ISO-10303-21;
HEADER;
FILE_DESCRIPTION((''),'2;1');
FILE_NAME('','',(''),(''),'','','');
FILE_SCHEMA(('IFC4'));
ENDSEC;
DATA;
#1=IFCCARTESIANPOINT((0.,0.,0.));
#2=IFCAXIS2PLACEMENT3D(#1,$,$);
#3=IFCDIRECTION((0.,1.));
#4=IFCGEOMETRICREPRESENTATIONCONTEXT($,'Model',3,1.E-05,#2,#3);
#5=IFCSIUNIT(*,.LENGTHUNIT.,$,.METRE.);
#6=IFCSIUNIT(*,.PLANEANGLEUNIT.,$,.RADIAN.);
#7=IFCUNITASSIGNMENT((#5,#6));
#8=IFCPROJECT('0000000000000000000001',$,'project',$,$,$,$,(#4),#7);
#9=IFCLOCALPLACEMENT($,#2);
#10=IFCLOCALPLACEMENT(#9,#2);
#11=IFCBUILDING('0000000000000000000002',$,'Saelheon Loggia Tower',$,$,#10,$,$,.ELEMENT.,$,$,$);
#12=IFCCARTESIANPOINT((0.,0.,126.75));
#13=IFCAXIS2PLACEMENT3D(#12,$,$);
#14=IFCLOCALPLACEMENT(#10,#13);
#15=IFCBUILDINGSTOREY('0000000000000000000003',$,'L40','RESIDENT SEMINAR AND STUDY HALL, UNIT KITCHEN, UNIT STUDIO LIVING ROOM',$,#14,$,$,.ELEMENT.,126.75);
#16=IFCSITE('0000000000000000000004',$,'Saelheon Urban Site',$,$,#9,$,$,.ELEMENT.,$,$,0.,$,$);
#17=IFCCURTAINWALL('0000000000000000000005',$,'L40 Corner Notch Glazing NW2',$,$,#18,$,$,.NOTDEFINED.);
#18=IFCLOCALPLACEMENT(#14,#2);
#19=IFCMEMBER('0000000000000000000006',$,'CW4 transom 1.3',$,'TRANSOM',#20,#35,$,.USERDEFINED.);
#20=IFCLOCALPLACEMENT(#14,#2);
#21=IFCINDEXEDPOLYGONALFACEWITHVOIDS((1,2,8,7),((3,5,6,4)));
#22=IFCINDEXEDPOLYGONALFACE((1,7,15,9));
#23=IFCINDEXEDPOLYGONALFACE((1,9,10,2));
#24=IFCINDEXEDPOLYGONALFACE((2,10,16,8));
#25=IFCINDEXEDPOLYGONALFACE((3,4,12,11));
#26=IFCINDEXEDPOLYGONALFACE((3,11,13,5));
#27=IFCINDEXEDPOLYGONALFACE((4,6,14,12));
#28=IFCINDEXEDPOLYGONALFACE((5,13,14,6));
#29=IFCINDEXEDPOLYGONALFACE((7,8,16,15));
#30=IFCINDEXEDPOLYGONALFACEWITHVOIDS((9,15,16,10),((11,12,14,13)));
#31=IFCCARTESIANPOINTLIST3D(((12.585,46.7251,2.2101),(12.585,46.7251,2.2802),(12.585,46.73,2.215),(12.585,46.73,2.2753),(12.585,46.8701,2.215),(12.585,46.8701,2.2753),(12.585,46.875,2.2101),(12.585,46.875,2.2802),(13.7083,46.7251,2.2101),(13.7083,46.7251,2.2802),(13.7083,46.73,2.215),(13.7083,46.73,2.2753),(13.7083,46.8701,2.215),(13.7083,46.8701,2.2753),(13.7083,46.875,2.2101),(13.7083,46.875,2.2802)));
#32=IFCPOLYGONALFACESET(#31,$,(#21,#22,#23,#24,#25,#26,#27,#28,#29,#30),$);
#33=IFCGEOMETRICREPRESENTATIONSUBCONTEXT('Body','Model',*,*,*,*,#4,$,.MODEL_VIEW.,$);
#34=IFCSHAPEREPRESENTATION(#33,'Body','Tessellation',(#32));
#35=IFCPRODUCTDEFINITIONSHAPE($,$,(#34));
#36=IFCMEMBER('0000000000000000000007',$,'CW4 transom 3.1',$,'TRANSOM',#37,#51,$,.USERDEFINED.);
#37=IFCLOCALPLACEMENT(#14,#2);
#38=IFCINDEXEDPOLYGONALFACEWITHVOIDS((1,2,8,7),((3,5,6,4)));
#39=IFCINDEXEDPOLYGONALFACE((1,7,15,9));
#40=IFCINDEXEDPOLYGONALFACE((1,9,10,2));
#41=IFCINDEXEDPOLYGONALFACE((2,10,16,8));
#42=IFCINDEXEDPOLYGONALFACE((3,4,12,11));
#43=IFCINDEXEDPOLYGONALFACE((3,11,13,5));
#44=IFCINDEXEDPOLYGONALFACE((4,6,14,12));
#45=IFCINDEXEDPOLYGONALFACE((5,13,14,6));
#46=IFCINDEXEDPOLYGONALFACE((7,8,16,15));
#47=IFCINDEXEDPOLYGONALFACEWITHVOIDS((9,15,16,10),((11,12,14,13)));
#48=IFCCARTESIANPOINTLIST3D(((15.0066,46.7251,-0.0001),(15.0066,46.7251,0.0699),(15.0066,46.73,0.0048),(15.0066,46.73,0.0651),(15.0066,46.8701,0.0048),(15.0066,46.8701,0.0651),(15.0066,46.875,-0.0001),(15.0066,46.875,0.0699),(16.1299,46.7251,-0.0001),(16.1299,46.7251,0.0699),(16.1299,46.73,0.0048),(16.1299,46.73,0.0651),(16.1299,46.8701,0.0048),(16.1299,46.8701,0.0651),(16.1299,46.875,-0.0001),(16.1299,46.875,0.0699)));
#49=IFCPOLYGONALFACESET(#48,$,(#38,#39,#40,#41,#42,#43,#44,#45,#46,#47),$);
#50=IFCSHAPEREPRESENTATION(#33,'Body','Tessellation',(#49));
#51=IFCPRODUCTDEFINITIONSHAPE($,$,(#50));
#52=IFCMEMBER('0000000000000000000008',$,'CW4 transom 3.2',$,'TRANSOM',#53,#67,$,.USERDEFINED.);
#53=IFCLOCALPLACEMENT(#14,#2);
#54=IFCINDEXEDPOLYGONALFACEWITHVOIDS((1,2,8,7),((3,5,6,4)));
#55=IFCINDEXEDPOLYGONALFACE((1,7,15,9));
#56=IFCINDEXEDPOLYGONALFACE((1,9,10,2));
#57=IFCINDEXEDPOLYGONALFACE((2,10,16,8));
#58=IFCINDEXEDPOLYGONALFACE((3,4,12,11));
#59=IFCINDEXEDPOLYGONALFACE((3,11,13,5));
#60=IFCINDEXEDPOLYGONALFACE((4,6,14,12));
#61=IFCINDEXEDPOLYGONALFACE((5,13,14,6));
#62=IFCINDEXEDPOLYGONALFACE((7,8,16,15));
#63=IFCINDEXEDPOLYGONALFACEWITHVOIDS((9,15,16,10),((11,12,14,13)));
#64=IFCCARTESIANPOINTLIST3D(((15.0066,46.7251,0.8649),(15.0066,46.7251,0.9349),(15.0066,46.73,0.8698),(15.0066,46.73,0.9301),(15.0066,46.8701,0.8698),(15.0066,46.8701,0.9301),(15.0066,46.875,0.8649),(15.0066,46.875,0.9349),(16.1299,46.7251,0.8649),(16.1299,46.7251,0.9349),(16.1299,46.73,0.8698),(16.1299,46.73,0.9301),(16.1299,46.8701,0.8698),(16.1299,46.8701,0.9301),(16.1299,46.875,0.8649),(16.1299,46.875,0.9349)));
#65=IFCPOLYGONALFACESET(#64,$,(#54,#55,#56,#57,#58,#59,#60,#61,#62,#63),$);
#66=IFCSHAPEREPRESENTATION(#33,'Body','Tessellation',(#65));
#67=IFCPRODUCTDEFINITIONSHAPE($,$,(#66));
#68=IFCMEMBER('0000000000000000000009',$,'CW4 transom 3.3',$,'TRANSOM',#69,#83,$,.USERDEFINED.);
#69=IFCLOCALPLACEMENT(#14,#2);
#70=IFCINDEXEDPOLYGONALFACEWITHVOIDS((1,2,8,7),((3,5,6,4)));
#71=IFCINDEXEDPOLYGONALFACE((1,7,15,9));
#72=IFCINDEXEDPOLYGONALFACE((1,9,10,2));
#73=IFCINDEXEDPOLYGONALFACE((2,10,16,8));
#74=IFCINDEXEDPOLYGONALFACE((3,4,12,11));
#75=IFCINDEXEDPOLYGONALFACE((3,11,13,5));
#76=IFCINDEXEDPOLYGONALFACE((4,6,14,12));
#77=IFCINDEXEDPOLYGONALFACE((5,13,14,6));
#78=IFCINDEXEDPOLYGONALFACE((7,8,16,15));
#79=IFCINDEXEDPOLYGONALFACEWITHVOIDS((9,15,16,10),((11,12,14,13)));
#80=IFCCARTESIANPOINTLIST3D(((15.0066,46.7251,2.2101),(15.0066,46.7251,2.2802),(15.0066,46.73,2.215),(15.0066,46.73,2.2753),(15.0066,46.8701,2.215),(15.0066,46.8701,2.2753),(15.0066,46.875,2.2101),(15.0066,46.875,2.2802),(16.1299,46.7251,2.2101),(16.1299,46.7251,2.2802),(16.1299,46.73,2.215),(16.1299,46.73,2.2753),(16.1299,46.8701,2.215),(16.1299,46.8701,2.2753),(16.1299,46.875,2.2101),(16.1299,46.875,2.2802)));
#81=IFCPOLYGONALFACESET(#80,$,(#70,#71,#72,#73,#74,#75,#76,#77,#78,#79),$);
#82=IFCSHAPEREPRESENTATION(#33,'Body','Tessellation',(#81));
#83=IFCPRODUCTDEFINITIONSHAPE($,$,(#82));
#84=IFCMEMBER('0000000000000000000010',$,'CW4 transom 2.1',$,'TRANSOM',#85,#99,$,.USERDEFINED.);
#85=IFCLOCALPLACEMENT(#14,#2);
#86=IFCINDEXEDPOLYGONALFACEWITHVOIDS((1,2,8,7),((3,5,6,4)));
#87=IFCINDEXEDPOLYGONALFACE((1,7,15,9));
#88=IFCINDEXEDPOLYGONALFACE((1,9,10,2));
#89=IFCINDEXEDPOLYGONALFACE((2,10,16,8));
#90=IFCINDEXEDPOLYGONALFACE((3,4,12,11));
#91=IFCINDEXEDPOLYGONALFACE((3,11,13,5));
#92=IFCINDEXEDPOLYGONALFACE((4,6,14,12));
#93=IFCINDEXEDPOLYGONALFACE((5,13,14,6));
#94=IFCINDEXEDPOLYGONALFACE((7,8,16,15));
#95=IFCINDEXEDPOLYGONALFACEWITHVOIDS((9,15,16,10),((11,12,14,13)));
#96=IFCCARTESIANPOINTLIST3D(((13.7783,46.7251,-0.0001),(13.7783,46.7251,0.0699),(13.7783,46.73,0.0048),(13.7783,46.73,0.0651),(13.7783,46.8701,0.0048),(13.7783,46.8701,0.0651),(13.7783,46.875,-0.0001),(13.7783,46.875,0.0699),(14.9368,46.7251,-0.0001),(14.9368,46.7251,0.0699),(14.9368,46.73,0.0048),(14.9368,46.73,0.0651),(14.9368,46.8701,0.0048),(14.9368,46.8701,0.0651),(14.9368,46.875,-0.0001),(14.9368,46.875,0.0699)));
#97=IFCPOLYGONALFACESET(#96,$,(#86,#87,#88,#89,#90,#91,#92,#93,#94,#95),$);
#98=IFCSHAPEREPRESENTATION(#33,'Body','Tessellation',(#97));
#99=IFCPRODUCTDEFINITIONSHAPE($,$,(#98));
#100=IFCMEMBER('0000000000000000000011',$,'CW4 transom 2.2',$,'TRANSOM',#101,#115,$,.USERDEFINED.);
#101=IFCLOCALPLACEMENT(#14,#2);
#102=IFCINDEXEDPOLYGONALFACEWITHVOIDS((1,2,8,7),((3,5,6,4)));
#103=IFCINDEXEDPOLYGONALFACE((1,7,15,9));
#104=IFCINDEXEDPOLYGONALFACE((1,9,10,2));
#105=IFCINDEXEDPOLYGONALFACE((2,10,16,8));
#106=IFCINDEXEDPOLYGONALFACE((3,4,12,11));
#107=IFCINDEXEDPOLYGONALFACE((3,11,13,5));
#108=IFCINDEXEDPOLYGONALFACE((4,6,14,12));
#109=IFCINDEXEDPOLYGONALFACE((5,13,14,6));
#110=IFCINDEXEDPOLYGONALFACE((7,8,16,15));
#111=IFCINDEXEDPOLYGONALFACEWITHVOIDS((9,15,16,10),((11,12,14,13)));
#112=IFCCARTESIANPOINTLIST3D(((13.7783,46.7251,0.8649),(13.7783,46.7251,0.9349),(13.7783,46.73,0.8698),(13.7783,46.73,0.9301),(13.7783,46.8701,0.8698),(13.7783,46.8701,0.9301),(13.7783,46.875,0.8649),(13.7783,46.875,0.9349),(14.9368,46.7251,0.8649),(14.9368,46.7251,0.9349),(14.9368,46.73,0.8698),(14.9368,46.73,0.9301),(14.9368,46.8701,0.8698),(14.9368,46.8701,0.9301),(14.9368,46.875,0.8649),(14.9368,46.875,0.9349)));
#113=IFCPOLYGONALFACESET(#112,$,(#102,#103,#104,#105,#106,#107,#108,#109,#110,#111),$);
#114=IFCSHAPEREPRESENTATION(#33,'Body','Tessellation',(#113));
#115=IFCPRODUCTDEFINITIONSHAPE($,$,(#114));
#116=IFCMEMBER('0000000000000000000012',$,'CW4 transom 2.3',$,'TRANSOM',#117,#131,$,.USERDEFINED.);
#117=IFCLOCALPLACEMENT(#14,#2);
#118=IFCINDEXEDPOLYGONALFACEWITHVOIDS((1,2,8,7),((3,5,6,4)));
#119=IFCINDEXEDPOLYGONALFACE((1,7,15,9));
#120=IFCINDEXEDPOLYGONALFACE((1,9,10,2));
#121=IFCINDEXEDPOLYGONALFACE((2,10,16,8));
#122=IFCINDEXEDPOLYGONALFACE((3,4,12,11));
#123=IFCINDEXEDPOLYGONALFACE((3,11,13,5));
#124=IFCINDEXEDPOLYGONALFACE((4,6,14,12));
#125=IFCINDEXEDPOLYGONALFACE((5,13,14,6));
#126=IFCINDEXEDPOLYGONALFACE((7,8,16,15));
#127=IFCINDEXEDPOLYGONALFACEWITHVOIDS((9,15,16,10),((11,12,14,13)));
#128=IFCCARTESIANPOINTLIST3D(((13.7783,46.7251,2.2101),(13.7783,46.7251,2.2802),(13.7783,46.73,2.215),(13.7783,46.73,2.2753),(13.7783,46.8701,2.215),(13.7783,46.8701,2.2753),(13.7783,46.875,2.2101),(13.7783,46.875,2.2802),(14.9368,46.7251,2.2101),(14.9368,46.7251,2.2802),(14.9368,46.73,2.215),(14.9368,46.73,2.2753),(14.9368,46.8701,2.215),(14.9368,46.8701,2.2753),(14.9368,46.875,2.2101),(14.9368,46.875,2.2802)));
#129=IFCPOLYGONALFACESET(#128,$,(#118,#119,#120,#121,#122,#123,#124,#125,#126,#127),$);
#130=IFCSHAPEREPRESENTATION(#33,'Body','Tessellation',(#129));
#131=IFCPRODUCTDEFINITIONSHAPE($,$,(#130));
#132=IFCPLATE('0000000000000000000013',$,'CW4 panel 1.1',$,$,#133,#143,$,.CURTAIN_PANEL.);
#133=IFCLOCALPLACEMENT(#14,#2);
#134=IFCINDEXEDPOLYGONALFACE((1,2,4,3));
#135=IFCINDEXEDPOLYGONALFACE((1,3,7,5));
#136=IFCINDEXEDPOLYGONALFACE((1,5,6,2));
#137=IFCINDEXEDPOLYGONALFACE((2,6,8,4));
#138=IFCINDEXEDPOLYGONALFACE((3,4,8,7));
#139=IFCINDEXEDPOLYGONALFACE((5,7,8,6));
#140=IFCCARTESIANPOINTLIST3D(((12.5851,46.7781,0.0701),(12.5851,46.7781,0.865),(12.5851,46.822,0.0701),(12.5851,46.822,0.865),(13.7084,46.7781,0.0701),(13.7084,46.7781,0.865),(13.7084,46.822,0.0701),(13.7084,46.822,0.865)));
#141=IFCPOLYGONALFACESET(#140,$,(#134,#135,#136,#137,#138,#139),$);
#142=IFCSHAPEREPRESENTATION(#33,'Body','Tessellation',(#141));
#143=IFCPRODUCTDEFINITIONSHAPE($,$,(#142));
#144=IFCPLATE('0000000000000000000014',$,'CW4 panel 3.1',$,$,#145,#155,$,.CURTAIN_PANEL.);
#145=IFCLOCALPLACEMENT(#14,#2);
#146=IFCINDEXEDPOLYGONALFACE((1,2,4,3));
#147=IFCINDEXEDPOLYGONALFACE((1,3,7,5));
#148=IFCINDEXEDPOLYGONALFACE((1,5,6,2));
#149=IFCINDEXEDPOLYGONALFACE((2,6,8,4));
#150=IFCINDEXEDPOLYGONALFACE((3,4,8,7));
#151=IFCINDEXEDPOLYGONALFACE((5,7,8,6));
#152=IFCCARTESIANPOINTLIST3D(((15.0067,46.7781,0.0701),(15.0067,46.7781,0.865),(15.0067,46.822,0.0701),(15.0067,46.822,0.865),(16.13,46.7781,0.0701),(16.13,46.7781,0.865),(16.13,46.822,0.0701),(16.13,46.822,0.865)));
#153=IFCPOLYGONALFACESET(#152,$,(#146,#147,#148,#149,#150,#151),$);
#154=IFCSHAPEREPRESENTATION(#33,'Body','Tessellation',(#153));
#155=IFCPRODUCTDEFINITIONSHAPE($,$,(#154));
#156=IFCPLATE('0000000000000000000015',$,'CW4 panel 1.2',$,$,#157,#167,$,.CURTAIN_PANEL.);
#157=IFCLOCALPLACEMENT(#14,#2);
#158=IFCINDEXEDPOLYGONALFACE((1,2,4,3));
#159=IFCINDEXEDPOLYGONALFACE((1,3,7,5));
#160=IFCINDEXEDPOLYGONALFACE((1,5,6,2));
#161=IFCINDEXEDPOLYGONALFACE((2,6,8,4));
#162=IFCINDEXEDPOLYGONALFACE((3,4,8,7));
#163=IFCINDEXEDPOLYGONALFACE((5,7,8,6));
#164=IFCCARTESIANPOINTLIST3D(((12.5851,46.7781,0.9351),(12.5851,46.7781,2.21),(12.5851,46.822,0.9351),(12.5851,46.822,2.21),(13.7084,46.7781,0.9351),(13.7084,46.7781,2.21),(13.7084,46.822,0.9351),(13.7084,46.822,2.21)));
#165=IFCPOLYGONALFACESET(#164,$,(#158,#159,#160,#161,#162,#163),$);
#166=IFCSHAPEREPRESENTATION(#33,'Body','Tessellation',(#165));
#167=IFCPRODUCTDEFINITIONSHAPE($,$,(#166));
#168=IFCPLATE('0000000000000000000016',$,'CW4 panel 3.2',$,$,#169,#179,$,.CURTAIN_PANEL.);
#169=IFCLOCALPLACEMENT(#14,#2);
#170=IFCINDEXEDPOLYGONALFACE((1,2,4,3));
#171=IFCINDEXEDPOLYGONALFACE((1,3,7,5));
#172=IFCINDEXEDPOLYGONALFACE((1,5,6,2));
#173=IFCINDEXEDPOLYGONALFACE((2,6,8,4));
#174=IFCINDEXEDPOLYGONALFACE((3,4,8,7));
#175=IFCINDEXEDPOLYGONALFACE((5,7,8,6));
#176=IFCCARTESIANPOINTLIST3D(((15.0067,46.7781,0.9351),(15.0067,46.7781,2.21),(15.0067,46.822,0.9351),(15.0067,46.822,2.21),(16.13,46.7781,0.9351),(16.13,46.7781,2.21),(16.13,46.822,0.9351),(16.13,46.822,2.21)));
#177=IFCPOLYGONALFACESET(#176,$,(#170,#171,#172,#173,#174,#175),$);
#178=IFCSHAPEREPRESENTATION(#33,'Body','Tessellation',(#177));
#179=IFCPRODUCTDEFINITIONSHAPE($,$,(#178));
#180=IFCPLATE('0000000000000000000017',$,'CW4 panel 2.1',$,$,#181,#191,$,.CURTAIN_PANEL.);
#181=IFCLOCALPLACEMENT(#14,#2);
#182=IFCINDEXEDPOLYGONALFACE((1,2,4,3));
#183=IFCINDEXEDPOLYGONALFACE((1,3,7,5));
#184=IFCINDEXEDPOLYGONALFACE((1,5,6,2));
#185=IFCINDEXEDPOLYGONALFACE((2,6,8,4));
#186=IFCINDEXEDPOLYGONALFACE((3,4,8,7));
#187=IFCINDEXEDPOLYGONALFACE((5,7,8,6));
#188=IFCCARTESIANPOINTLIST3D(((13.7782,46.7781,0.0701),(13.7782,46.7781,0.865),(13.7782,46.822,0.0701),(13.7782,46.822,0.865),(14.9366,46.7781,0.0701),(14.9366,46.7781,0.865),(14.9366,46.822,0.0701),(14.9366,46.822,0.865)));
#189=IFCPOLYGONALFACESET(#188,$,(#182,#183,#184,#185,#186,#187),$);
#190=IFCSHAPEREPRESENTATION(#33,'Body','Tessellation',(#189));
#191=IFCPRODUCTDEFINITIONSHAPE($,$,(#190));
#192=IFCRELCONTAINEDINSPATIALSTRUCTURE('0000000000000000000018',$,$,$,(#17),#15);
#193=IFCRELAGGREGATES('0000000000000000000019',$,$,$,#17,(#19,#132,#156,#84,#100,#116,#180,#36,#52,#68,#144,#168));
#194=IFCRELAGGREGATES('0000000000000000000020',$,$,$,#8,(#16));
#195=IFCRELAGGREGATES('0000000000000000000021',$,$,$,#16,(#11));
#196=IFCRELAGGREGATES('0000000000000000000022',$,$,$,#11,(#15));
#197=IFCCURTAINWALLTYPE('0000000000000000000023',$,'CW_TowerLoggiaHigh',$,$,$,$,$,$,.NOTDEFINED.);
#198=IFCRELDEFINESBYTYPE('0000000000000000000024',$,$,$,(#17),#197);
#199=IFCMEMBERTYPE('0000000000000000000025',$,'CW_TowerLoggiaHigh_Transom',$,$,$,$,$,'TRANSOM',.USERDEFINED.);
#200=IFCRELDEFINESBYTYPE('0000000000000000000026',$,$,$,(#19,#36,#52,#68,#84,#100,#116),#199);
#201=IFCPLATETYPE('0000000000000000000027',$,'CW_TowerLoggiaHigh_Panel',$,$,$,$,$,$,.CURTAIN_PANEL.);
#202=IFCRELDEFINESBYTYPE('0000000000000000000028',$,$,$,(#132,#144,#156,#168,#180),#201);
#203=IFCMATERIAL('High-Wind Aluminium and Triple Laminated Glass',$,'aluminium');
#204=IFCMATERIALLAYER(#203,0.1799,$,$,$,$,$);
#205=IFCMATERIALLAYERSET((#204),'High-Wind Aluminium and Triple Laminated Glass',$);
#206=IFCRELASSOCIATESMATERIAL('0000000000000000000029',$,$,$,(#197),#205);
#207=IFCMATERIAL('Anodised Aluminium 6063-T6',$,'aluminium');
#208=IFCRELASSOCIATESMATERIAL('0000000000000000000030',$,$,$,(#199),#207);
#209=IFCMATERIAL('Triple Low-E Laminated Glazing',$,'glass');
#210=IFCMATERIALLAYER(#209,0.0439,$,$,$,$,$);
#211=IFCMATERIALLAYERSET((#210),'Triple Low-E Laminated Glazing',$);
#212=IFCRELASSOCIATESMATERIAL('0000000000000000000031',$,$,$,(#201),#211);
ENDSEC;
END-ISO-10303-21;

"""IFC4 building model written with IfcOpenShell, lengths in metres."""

from ifc_helpers import new_model, si_unit, direction, frame, origin, origin_2d, place, context, subcontext, project, spatial, rectangle, hollow_rectangle, extrude, source, transform, mapped, material, layer, layer_set, material_profile, profile_set, type_object, element, aggregate, save


model = new_model("IFC4")

# Units and contexts
model_context = context("Model", 3, precision=1e-05, world=origin(), true_north=direction((0.0, 1.0)))
body_context = subcontext(model_context, "Body", "Model", "MODEL_VIEW")
ifc_project = project(units=[si_unit("LENGTHUNIT", "METRE"), si_unit("PLANEANGLEUNIT", "RADIAN")], contexts=[model_context])

# Site, building, storey
site_placement = place(None, origin())
site = spatial("IfcSite", under=ifc_project, at=site_placement, Name="Saelheon Urban Site", CompositionType="ELEMENT", RefElevation=0.0)
building_placement = place(site_placement, origin())
building = spatial("IfcBuilding", under=site, at=building_placement, Name="Saelheon Loggia Tower", CompositionType="ELEMENT")
storey_placement = place(building_placement, frame((0.0, 0.0, 126.75)))
storey = spatial("IfcBuildingStorey", under=building, at=storey_placement, Name="L40", Description="RESIDENT SEMINAR AND STUDY HALL, UNIT KITCHEN, UNIT STUDIO LIVING ROOM", CompositionType="ELEMENT", Elevation=126.75)

# Shared definitions
ifc_material_1 = material(Name="High-Wind Aluminium and Triple Laminated Glass", Category="aluminium")
ifc_layer_1 = layer(ifc_material_1, 0.1799)
ifc_layer_set_1 = layer_set([ifc_layer_1], Name="High-Wind Aluminium and Triple Laminated Glass")
curtain_wall_type = type_object("IfcCurtainWallType", Name="CW_TowerLoggiaHigh", PredefinedType="NOTDEFINED", material=ifc_layer_set_1)
ifc_material_2 = material(Name="Anodised Aluminium 6063-T6", Category="aluminium")

# Curtain wall
curtain_wall_1_placement = place(storey_placement, origin())
curtain_wall_1 = element("IfcCurtainWall", 1, at=curtain_wall_1_placement, inside=storey, type_object=curtain_wall_type, Name="L40 Corner Notch Glazing NW2", PredefinedType="NOTDEFINED")

# Members
ifc_material_profile_1 = material_profile(ifc_material_2, hollow_rectangle(XDim=0.0701, YDim=0.1499, WallThickness=0.0049, at=origin_2d()), Name="RHS-150x70x5")
ifc_profile_set_1 = profile_set([ifc_material_profile_1], Name="Anodised Aluminium 6063-T6")
member_type_1 = type_object("IfcMemberType", Name="CW_TowerLoggiaHigh_Transom", ElementType="TRANSOM", PredefinedType="USERDEFINED", material=ifc_profile_set_1)
shared_shape_1 = source(origin(), body_context, "Body", "SweptSolid", [
    extrude(hollow_rectangle(XDim=0.0701, YDim=0.1499, WallThickness=0.0049, at=origin_2d()), origin(), (0.0, 0.0, 1.0), 1.1233),
])
member_1_placement = place(storey_placement, frame((12.585, 46.8, 2.2451), z_axis=(1.0, 0.0, 0.0), x_axis=(0.0, 0.0, 1.0)))
member_1 = element("IfcMember", 2, at=member_1_placement, type_object=member_type_1, Name="CW4 transom 1.3", ObjectType="TRANSOM", PredefinedType="USERDEFINED", context=body_context, shape_type="MappedRepresentation", body=[
    mapped(shared_shape_1, transform((0.0, 0.0, 0.0), scale=1.0)),
])
member_2_placement = place(storey_placement, frame((15.0066, 46.8, 0.0349), z_axis=(1.0, 0.0, 0.0), x_axis=(0.0, 0.0, 1.0)))
member_2 = element("IfcMember", 3, at=member_2_placement, type_object=member_type_1, Name="CW4 transom 3.1", ObjectType="TRANSOM", PredefinedType="USERDEFINED", context=body_context, shape_type="MappedRepresentation", body=[
    mapped(shared_shape_1, transform((0.0, 0.0, 0.0), scale=1.0)),
])
member_3_placement = place(storey_placement, frame((15.0066, 46.8, 0.8999), z_axis=(1.0, 0.0, 0.0), x_axis=(0.0, 0.0, 1.0)))
member_3 = element("IfcMember", 4, at=member_3_placement, type_object=member_type_1, Name="CW4 transom 3.2", ObjectType="TRANSOM", PredefinedType="USERDEFINED", context=body_context, shape_type="MappedRepresentation", body=[
    mapped(shared_shape_1, transform((0.0, 0.0, 0.0), scale=1.0)),
])
member_4_placement = place(storey_placement, frame((15.0066, 46.8, 2.2451), z_axis=(1.0, 0.0, 0.0), x_axis=(0.0, 0.0, 1.0)))
member_4 = element("IfcMember", 5, at=member_4_placement, type_object=member_type_1, Name="CW4 transom 3.3", ObjectType="TRANSOM", PredefinedType="USERDEFINED", context=body_context, shape_type="MappedRepresentation", body=[
    mapped(shared_shape_1, transform((0.0, 0.0, 0.0), scale=1.0)),
])
shared_shape_2 = source(origin(), body_context, "Body", "SweptSolid", [
    extrude(hollow_rectangle(XDim=0.0701, YDim=0.1499, WallThickness=0.0049, at=origin_2d()), origin(), (0.0, 0.0, 1.0), 1.1584),
])
member_5_placement = place(storey_placement, frame((13.7783, 46.8, 0.0349), z_axis=(1.0, 0.0, 0.0), x_axis=(0.0, 0.0, 1.0)))
member_5 = element("IfcMember", 6, at=member_5_placement, type_object=member_type_1, Name="CW4 transom 2.1", ObjectType="TRANSOM", PredefinedType="USERDEFINED", context=body_context, shape_type="MappedRepresentation", body=[
    mapped(shared_shape_2, transform((0.0, 0.0, 0.0), scale=1.0)),
])
member_6_placement = place(storey_placement, frame((13.7783, 46.8, 0.8999), z_axis=(1.0, 0.0, 0.0), x_axis=(0.0, 0.0, 1.0)))
member_6 = element("IfcMember", 7, at=member_6_placement, type_object=member_type_1, Name="CW4 transom 2.2", ObjectType="TRANSOM", PredefinedType="USERDEFINED", context=body_context, shape_type="MappedRepresentation", body=[
    mapped(shared_shape_2, transform((0.0, 0.0, 0.0), scale=1.0)),
])
member_7_placement = place(storey_placement, frame((13.7783, 46.8, 2.2451), z_axis=(1.0, 0.0, 0.0), x_axis=(0.0, 0.0, 1.0)))
member_7 = element("IfcMember", 8, at=member_7_placement, type_object=member_type_1, Name="CW4 transom 2.3", ObjectType="TRANSOM", PredefinedType="USERDEFINED", context=body_context, shape_type="MappedRepresentation", body=[
    mapped(shared_shape_2, transform((0.0, 0.0, 0.0), scale=1.0)),
])

# Plates
ifc_material_3 = material(Name="Triple Low-E Laminated Glazing", Category="glass")
ifc_layer_2 = layer(ifc_material_3, 0.0439)
ifc_layer_set_2 = layer_set([ifc_layer_2], Name="Triple Low-E Laminated Glazing")
plate_type = type_object("IfcPlateType", Name="CW_TowerLoggiaHigh_Panel", PredefinedType="CURTAIN_PANEL", material=ifc_layer_set_2)
shared_shape_3 = source(origin(), body_context, "Body", "SweptSolid", [
    extrude(rectangle(XDim=1.1233, YDim=0.0439, at=origin_2d()), origin(), (0.0, 0.0, 1.0), 0.7949),
])
plate_1_placement = place(storey_placement, frame((13.1467, 46.8, 0.0701), z_axis=(0.0, 0.0, 1.0), x_axis=(1.0, 0.0, 0.0)))
plate_1 = element("IfcPlate", 9, at=plate_1_placement, type_object=plate_type, Name="CW4 panel 1.1", PredefinedType="CURTAIN_PANEL", context=body_context, shape_type="MappedRepresentation", body=[
    mapped(shared_shape_3, transform((0.0, 0.0, 0.0), scale=1.0)),
])
plate_2_placement = place(storey_placement, frame((15.5684, 46.8, 0.0701), z_axis=(0.0, 0.0, 1.0), x_axis=(1.0, 0.0, 0.0)))
plate_2 = element("IfcPlate", 10, at=plate_2_placement, type_object=plate_type, Name="CW4 panel 3.1", PredefinedType="CURTAIN_PANEL", context=body_context, shape_type="MappedRepresentation", body=[
    mapped(shared_shape_3, transform((0.0, 0.0, 0.0), scale=1.0)),
])
shared_shape_4 = source(origin(), body_context, "Body", "SweptSolid", [
    extrude(rectangle(XDim=1.1233, YDim=0.0439, at=origin_2d()), origin(), (0.0, 0.0, 1.0), 1.2749),
])
plate_3_placement = place(storey_placement, frame((13.1467, 46.8, 0.9351), z_axis=(0.0, 0.0, 1.0), x_axis=(1.0, 0.0, 0.0)))
plate_3 = element("IfcPlate", 11, at=plate_3_placement, type_object=plate_type, Name="CW4 panel 1.2", PredefinedType="CURTAIN_PANEL", context=body_context, shape_type="MappedRepresentation", body=[
    mapped(shared_shape_4, transform((0.0, 0.0, 0.0), scale=1.0)),
])
plate_4_placement = place(storey_placement, frame((15.5684, 46.8, 0.9351), z_axis=(0.0, 0.0, 1.0), x_axis=(1.0, 0.0, 0.0)))
plate_4 = element("IfcPlate", 12, at=plate_4_placement, type_object=plate_type, Name="CW4 panel 3.2", PredefinedType="CURTAIN_PANEL", context=body_context, shape_type="MappedRepresentation", body=[
    mapped(shared_shape_4, transform((0.0, 0.0, 0.0), scale=1.0)),
])
shared_shape_5 = source(origin(), body_context, "Body", "SweptSolid", [
    extrude(rectangle(XDim=1.1584, YDim=0.0439, at=origin_2d()), origin(), (0.0, 0.0, 1.0), 0.7949),
])
plate_5_placement = place(storey_placement, frame((14.3574, 46.8, 0.0701), z_axis=(0.0, 0.0, 1.0), x_axis=(1.0, 0.0, 0.0)))
plate_5 = element("IfcPlate", 13, at=plate_5_placement, type_object=plate_type, Name="CW4 panel 2.1", PredefinedType="CURTAIN_PANEL", context=body_context, shape_type="MappedRepresentation", body=[
    mapped(shared_shape_5, transform((0.0, 0.0, 0.0), scale=1.0)),
])
aggregate(curtain_wall_1, [member_1, plate_1, plate_3, member_5, member_6, member_7, plate_5, member_2, member_3, member_4, plate_2, plate_4])

save(model, "model.ifc")
